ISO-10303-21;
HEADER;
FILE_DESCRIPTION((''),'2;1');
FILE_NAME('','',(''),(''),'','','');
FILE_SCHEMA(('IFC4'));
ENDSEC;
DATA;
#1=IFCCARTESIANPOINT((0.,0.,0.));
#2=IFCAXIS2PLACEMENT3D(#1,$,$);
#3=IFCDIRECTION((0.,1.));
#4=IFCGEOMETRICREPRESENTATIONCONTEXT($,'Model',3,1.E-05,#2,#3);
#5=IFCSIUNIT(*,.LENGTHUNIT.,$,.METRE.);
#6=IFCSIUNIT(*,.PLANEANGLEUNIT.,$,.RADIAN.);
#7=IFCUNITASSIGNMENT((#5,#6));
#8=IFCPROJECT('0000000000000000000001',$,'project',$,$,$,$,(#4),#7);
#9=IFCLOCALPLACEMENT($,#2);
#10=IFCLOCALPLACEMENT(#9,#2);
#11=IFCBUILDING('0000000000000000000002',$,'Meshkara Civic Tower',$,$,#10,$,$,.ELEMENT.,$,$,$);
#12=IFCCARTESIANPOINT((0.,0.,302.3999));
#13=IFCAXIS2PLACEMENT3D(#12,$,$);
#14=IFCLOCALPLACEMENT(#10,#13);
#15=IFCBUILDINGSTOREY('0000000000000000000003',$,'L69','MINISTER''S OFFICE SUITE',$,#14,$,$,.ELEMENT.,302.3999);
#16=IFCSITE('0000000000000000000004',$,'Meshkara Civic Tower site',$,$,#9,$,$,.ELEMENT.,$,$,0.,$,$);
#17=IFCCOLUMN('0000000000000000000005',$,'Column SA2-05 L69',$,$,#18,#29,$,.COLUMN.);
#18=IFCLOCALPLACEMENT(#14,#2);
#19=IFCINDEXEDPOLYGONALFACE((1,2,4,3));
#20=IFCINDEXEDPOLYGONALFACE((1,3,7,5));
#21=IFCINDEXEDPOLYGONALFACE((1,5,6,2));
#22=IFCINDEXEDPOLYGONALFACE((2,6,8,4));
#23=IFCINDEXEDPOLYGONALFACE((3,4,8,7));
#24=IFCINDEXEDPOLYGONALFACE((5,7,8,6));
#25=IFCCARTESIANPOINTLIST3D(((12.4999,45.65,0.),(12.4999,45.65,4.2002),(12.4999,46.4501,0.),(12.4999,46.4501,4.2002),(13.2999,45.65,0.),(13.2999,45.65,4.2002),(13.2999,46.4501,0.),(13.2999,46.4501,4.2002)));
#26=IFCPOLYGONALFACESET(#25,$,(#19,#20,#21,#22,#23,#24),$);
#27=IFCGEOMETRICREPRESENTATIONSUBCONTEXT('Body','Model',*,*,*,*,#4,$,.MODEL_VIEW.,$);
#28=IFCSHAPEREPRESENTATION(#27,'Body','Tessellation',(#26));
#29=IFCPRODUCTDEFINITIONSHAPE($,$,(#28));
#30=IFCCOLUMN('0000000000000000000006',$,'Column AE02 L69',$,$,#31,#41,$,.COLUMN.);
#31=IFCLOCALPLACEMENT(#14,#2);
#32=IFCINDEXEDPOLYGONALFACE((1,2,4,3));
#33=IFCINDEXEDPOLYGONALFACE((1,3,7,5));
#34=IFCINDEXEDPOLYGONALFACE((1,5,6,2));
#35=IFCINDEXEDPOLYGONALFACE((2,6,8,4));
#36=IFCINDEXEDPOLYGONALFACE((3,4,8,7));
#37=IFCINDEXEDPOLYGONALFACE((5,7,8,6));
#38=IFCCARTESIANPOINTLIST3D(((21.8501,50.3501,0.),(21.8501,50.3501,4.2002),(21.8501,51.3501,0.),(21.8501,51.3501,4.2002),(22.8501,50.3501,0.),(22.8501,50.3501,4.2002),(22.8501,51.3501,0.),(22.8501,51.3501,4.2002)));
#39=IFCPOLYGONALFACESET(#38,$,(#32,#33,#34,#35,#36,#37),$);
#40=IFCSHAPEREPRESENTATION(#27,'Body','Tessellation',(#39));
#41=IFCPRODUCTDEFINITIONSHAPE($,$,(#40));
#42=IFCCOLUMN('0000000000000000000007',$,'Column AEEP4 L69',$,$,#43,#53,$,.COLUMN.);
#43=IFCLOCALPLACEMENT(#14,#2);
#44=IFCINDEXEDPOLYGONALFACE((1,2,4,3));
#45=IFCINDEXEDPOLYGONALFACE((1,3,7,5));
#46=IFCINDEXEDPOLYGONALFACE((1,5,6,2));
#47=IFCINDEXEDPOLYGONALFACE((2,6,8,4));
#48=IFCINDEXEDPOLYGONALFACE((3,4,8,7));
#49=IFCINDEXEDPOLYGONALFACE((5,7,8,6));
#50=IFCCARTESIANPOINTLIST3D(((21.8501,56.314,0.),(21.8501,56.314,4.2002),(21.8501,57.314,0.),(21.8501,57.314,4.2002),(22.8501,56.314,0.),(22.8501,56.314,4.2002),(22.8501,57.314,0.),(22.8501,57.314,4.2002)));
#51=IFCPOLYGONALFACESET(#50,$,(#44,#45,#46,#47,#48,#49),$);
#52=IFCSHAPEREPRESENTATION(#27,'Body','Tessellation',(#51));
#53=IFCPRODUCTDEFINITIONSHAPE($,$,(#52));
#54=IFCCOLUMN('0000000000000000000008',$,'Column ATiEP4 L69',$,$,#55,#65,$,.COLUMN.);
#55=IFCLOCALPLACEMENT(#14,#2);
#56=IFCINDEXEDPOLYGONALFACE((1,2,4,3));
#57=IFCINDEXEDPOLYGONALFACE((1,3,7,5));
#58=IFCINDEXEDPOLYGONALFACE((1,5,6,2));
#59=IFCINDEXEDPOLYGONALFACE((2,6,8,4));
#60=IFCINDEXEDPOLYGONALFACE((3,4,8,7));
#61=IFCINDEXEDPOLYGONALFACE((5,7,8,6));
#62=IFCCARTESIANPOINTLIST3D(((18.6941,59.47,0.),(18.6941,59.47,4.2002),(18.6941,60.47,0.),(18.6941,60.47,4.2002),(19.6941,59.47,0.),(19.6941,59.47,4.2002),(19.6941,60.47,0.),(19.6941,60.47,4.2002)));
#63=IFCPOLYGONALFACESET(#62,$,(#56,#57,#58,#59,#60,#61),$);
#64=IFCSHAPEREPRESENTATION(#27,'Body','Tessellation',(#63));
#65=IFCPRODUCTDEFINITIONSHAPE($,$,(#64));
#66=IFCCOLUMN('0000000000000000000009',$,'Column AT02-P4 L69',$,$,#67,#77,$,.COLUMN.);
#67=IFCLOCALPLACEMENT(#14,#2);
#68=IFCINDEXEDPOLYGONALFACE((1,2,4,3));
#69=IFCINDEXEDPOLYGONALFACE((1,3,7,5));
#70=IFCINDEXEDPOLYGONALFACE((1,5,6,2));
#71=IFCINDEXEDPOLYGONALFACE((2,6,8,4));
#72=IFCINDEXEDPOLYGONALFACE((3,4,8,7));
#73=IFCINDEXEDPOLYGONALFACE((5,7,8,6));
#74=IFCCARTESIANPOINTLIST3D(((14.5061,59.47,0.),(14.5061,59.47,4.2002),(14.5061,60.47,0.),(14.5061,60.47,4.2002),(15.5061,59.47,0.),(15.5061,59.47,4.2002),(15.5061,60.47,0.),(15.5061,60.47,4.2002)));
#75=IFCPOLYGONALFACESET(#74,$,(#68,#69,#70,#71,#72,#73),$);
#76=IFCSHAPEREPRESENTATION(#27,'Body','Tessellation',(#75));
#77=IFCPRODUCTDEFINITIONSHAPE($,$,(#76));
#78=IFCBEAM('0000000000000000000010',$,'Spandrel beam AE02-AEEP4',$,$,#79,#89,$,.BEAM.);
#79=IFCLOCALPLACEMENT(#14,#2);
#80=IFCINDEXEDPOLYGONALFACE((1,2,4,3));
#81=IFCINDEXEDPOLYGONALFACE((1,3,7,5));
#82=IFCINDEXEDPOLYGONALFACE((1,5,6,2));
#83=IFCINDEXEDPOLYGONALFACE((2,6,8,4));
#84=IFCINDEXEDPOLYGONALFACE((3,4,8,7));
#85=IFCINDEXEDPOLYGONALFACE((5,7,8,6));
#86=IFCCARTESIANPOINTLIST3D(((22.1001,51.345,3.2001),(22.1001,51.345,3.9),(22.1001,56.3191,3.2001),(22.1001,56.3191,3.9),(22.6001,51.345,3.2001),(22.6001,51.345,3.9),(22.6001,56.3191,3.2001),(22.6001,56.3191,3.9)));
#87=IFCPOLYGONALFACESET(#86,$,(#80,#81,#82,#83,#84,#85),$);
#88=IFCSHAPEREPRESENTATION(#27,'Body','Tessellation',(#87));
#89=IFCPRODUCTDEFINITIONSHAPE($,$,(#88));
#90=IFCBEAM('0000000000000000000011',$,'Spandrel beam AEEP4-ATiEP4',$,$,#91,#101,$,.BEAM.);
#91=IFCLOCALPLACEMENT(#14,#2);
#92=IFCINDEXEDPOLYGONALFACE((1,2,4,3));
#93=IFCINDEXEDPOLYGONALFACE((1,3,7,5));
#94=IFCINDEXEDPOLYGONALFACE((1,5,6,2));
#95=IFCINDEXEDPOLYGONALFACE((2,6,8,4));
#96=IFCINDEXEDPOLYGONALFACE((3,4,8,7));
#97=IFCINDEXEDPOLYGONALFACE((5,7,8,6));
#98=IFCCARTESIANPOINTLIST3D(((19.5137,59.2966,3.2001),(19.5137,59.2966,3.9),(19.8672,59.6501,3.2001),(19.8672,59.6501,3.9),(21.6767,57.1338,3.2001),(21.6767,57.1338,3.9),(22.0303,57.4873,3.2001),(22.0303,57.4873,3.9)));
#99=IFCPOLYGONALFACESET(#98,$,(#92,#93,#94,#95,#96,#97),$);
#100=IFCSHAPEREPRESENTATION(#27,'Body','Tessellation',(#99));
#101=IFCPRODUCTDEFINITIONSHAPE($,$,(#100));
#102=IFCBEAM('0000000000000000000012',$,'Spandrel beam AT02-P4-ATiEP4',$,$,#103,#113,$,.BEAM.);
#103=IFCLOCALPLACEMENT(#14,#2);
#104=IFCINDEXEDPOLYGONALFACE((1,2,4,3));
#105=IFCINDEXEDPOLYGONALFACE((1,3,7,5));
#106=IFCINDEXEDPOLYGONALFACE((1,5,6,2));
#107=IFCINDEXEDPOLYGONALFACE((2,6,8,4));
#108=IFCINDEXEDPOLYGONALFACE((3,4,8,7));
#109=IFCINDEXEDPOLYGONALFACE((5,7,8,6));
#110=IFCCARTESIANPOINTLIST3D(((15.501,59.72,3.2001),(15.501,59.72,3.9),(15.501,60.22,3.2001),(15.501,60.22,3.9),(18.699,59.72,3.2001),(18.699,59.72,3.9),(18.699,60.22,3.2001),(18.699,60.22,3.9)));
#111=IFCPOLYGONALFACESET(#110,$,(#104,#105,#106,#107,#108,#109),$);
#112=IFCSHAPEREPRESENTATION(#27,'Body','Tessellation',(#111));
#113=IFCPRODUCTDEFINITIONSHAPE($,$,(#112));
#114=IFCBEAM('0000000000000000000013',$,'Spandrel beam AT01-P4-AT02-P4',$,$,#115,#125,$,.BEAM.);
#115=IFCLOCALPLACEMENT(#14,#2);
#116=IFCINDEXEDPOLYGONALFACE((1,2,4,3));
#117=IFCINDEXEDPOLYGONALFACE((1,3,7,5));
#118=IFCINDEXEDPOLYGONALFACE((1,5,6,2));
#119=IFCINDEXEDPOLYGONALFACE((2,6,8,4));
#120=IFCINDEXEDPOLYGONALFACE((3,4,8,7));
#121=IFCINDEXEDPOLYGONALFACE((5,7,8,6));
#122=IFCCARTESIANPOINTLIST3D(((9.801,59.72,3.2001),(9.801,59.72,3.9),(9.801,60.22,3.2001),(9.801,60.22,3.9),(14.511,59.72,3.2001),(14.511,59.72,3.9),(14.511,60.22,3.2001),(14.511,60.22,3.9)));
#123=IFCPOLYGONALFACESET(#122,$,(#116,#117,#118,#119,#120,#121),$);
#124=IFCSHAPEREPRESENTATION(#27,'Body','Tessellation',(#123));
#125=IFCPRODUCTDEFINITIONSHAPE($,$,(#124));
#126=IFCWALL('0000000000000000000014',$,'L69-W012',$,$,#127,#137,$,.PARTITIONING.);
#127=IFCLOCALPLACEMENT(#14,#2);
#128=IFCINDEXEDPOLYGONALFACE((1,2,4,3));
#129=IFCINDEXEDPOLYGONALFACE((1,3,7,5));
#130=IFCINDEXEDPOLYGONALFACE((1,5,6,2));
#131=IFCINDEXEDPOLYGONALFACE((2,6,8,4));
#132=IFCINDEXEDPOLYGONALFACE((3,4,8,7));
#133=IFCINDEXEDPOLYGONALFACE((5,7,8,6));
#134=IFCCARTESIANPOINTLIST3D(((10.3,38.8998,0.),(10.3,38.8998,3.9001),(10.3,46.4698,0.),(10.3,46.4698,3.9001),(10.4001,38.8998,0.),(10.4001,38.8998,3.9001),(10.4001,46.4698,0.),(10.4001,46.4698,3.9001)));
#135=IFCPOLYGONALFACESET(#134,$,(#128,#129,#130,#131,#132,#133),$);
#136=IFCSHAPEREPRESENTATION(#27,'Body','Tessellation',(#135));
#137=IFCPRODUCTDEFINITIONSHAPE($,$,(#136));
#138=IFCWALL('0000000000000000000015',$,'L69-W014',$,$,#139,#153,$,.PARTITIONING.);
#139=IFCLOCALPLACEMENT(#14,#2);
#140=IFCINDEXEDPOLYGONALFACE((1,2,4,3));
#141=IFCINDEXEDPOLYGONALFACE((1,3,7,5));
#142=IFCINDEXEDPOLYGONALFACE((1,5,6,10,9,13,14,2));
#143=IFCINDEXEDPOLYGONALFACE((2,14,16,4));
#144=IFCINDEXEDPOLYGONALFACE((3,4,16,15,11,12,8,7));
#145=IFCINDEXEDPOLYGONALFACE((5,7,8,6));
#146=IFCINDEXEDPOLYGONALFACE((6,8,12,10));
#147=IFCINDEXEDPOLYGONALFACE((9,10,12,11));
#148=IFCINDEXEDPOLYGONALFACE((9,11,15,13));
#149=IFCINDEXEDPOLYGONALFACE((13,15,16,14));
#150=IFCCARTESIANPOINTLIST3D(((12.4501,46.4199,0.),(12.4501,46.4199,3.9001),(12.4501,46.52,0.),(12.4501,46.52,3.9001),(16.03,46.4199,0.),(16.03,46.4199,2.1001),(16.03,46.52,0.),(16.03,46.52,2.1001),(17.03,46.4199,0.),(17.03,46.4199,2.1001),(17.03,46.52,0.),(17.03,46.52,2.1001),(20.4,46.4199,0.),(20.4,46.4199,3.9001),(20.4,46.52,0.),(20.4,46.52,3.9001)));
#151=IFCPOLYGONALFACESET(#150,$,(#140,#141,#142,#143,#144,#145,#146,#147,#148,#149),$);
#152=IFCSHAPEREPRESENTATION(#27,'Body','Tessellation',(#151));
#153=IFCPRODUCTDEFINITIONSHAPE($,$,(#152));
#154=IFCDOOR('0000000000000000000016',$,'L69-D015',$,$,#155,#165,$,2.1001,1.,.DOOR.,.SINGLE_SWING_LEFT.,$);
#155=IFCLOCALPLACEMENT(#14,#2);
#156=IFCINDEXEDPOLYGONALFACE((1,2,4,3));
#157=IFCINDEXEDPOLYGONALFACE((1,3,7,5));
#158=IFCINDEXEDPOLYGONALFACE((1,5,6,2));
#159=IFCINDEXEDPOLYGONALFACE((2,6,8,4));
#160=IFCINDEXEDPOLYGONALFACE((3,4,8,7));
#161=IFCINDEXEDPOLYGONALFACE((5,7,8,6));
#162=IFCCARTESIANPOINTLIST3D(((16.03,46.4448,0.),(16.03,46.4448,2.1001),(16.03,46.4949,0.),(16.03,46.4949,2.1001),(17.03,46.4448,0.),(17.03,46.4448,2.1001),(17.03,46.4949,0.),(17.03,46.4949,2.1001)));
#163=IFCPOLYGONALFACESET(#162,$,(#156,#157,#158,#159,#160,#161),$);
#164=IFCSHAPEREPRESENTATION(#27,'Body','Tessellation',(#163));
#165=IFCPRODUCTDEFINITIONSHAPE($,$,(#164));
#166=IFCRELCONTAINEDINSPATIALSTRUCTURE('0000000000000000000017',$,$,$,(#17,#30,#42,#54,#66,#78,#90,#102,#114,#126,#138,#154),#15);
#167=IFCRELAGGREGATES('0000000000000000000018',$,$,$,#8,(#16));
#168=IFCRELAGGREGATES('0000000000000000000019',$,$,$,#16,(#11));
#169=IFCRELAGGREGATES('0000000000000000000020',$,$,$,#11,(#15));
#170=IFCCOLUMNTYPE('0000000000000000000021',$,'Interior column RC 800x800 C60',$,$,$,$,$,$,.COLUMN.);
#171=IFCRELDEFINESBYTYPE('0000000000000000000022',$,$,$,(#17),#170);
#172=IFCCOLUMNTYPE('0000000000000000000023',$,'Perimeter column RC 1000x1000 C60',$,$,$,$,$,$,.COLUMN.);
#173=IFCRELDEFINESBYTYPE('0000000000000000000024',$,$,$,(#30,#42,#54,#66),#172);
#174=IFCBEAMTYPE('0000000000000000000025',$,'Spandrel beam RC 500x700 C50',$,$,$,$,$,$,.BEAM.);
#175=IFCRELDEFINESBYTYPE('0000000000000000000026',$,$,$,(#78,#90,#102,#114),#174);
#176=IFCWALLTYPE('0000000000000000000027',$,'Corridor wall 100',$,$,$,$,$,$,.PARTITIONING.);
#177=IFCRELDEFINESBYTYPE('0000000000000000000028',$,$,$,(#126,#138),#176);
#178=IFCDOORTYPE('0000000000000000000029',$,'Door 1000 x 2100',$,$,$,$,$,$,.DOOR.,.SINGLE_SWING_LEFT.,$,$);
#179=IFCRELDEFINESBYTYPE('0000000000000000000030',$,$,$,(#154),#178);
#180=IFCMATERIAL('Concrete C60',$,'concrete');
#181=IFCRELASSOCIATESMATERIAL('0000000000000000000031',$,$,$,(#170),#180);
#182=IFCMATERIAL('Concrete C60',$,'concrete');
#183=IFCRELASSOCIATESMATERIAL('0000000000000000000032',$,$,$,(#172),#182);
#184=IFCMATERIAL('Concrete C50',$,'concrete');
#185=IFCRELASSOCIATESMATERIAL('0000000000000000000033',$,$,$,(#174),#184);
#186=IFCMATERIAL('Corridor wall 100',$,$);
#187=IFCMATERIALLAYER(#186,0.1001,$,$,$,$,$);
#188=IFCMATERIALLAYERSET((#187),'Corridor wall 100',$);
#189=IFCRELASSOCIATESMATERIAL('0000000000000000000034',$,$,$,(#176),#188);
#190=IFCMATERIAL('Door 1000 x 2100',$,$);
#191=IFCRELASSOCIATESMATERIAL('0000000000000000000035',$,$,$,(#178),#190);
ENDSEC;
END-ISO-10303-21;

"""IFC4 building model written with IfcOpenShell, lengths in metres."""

from ifc_helpers import new_model, si_unit, direction, frame, frame_2d, origin, origin_2d, place, context, subcontext, project, spatial, rectangle, extrude, material, layer, layer_set, material_profile, profile_set, type_object, element, fill, save


model = new_model("IFC4")

# Units and contexts
model_context = context("Model", 3, precision=1e-05, world=origin(), true_north=direction((0.0, 1.0)))
body_context = subcontext(model_context, "Body", "Model", "MODEL_VIEW")
ifc_project = project(units=[si_unit("LENGTHUNIT", "METRE"), si_unit("PLANEANGLEUNIT", "RADIAN")], contexts=[model_context])

# Site, building, storey
site_placement = place(None, origin())
site = spatial("IfcSite", under=ifc_project, at=site_placement, Name="Meshkara Civic Tower site", CompositionType="ELEMENT", RefElevation=0.0)
building_placement = place(site_placement, origin())
building = spatial("IfcBuilding", under=site, at=building_placement, Name="Meshkara Civic Tower", CompositionType="ELEMENT")
storey_placement = place(building_placement, frame((0.0, 0.0, 302.3999)))
storey = spatial("IfcBuildingStorey", under=building, at=storey_placement, Name="L69", Description="MINISTER'S OFFICE SUITE", CompositionType="ELEMENT", Elevation=302.3999)

# Columns
ifc_material_1 = material(Name="Concrete C60", Category="concrete")
ifc_material_profile_1 = material_profile(ifc_material_1, rectangle(XDim=0.8, YDim=0.8, at=origin_2d()))
ifc_profile_set_1 = profile_set([ifc_material_profile_1], Name="Concrete C60")
column_type_1 = type_object("IfcColumnType", Name="Interior column RC 800x800 C60", PredefinedType="COLUMN", material=ifc_profile_set_1)
column_placement = place(storey_placement, frame((12.8999, 46.05, 0.0), z_axis=(0.0, 0.0, 1.0), x_axis=(1.0, 0.0, 0.0)))
element("IfcColumn", 1, at=column_placement, inside=storey, type_object=column_type_1, Name="Column SA2-05 L69", PredefinedType="COLUMN", context=body_context, shape_type="SweptSolid", body=[
    extrude(rectangle(XDim=0.8, YDim=0.8, at=origin_2d()), origin(), (0.0, 0.0, 1.0), 4.2002),
])
ifc_material_2 = material(Name="Concrete C60", Category="concrete")
ifc_material_profile_2 = material_profile(ifc_material_2, rectangle(XDim=1.0, YDim=1.0, at=origin_2d()))
ifc_profile_set_2 = profile_set([ifc_material_profile_2], Name="Concrete C60")
column_type_2 = type_object("IfcColumnType", Name="Perimeter column RC 1000x1000 C60", PredefinedType="COLUMN", material=ifc_profile_set_2)
for number, where, z_axis, x_axis, name in (
    (2, (22.3501, 50.8501, 0.0), (0.0, 0.0, 1.0), (1.0, 0.0, 0.0), "Column AE02 L69"),
    (3, (22.3501, 56.814, 0.0), (0.0, 0.0, 1.0), (1.0, 0.0, 0.0), "Column AEEP4 L69"),
    (4, (19.1941, 59.97, 0.0), (0.0, 0.0, 1.0), (1.0, 0.0, 0.0), "Column ATiEP4 L69"),
    (5, (15.0061, 59.97, 0.0), (0.0, 0.0, 1.0), (1.0, 0.0, 0.0), "Column AT02-P4 L69"),
):
    element("IfcColumn", number, at=place(storey_placement, frame(where, z_axis=z_axis, x_axis=x_axis)), inside=storey, type_object=column_type_2, Name=name, PredefinedType="COLUMN", context=body_context, shape_type="SweptSolid", body=[
        extrude(rectangle(XDim=1.0, YDim=1.0, at=origin_2d()), origin(), (0.0, 0.0, 1.0), 4.2002),
    ])

# Beams
ifc_material_3 = material(Name="Concrete C50", Category="concrete")
ifc_material_profile_3 = material_profile(ifc_material_3, rectangle(XDim=0.5, YDim=0.7, at=origin_2d()))
ifc_profile_set_3 = profile_set([ifc_material_profile_3], Name="Concrete C50")
beam_type = type_object("IfcBeamType", Name="Spandrel beam RC 500x700 C50", PredefinedType="BEAM", material=ifc_profile_set_3)
beam_1_placement = place(storey_placement, frame((22.3501, 51.345, 3.55), z_axis=(0.0, 1.0, 0.0), x_axis=(-1.0, 0.0, 0.0)))
element("IfcBeam", 6, at=beam_1_placement, inside=storey, type_object=beam_type, Name="Spandrel beam AE02-AEEP4", PredefinedType="BEAM", context=body_context, shape_type="SweptSolid", body=[
    extrude(rectangle(XDim=0.5, YDim=0.7, at=origin_2d()), origin(), (0.0, 0.0, 1.0), 4.9741),
])
beam_2_placement = place(storey_placement, frame((21.8535, 57.3105, 3.55), z_axis=(-0.707147, 0.707067, 0.0), x_axis=(-0.707067, -0.707147, 0.0)))
element("IfcBeam", 7, at=beam_2_placement, inside=storey, type_object=beam_type, Name="Spandrel beam AEEP4-ATiEP4", PredefinedType="BEAM", context=body_context, shape_type="SweptSolid", body=[
    extrude(rectangle(XDim=0.5, YDim=0.7, at=origin_2d()), origin(), (0.0, 0.0, 1.0), 3.0588),
])
beam_3_placement = place(storey_placement, frame((18.699, 59.97, 3.55), z_axis=(-1.0, 0.0, 0.0), x_axis=(0.0, -1.0, 0.0)))
element("IfcBeam", 8, at=beam_3_placement, inside=storey, type_object=beam_type, Name="Spandrel beam AT02-P4-ATiEP4", PredefinedType="BEAM", context=body_context, shape_type="SweptSolid", body=[
    extrude(rectangle(XDim=0.5, YDim=0.7, at=origin_2d()), origin(), (0.0, 0.0, 1.0), 3.198),
])
beam_4_placement = place(storey_placement, frame((14.511, 59.97, 3.55), z_axis=(-1.0, 0.0, 0.0), x_axis=(0.0, -1.0, 0.0)))
element("IfcBeam", 9, at=beam_4_placement, inside=storey, type_object=beam_type, Name="Spandrel beam AT01-P4-AT02-P4", PredefinedType="BEAM", context=body_context, shape_type="SweptSolid", body=[
    extrude(rectangle(XDim=0.5, YDim=0.7, at=origin_2d()), origin(), (0.0, 0.0, 1.0), 4.71),
])

# Wall
ifc_material_4 = material(Name="Corridor wall 100")
ifc_layer_1 = layer(ifc_material_4, 0.1001)
ifc_layer_set_1 = layer_set([ifc_layer_1], Name="Corridor wall 100")
wall_type_1 = type_object("IfcWallType", Name="Corridor wall 100", PredefinedType="PARTITIONING", material=ifc_layer_set_1)
wall_1_placement = place(storey_placement, frame((10.3501, 46.47, 0.0), z_axis=(0.0, 0.0, 1.0), x_axis=(0.0, -1.0, 0.0)))
element("IfcWall", 10, at=wall_1_placement, inside=storey, type_object=wall_type_1, Name="L69-W012", PredefinedType="PARTITIONING", context=body_context, shape_type="SweptSolid", body=[
    extrude(rectangle(XDim=7.5701, YDim=0.1001, at=frame_2d((3.7852, 0.0))), origin(), (0.0, 0.0, 1.0), 3.9001),
])

# Wall, opening, door
wall_2_placement = place(storey_placement, frame((12.45, 46.47, 0.0), z_axis=(0.0, 0.0, 1.0), x_axis=(1.0, 0.0, 0.0)))
wall_2 = element("IfcWall", 11, at=wall_2_placement, inside=storey, type_object=wall_type_1, Name="L69-W014", PredefinedType="PARTITIONING", context=body_context, shape_type="SweptSolid", body=[
    extrude(rectangle(XDim=7.95, YDim=0.1001, at=frame_2d((3.9751, 0.0))), origin(), (0.0, 0.0, 1.0), 3.9001),
])
opening_1_placement = place(wall_2_placement, frame((3.5801, 0.0, 0.0)))
opening_1 = element("IfcOpeningElement", 12, at=opening_1_placement, cuts=wall_2, PredefinedType="OPENING", context=body_context, shape_type="SweptSolid", body=[
    extrude(rectangle(XDim=1.0, YDim=2.1001, at=frame_2d((0.5, 1.05))), frame((0.0, 0.0601, 0.0), z_axis=(0.0, -1.0, 0.0), x_axis=(1.0, 0.0, 0.0)), (0.0, 0.0, 1.0), 0.1201),
])
ifc_material_5 = material(Name="Door 1000 x 2100")
door_type = type_object("IfcDoorType", Name="Door 1000 x 2100", OperationType="SINGLE_SWING_LEFT", PredefinedType="DOOR", material=ifc_material_5)
door_1_placement = place(opening_1_placement, origin())
door_1 = element("IfcDoor", 13, at=door_1_placement, inside=storey, type_object=door_type, Name="L69-D015", OperationType="SINGLE_SWING_LEFT", OverallHeight=2.1001, OverallWidth=1.0, PredefinedType="DOOR", context=body_context, shape_type="SweptSolid", body=[
    extrude(rectangle(XDim=1.0, YDim=2.1001, at=frame_2d((0.5, 1.05))), frame((0.0, 0.0249, 0.0), z_axis=(0.0, -1.0, 0.0), x_axis=(1.0, 0.0, 0.0)), (0.0, 0.0, 1.0), 0.05),
])
fill(opening_1, door_1)

save(model, "model.ifc")
